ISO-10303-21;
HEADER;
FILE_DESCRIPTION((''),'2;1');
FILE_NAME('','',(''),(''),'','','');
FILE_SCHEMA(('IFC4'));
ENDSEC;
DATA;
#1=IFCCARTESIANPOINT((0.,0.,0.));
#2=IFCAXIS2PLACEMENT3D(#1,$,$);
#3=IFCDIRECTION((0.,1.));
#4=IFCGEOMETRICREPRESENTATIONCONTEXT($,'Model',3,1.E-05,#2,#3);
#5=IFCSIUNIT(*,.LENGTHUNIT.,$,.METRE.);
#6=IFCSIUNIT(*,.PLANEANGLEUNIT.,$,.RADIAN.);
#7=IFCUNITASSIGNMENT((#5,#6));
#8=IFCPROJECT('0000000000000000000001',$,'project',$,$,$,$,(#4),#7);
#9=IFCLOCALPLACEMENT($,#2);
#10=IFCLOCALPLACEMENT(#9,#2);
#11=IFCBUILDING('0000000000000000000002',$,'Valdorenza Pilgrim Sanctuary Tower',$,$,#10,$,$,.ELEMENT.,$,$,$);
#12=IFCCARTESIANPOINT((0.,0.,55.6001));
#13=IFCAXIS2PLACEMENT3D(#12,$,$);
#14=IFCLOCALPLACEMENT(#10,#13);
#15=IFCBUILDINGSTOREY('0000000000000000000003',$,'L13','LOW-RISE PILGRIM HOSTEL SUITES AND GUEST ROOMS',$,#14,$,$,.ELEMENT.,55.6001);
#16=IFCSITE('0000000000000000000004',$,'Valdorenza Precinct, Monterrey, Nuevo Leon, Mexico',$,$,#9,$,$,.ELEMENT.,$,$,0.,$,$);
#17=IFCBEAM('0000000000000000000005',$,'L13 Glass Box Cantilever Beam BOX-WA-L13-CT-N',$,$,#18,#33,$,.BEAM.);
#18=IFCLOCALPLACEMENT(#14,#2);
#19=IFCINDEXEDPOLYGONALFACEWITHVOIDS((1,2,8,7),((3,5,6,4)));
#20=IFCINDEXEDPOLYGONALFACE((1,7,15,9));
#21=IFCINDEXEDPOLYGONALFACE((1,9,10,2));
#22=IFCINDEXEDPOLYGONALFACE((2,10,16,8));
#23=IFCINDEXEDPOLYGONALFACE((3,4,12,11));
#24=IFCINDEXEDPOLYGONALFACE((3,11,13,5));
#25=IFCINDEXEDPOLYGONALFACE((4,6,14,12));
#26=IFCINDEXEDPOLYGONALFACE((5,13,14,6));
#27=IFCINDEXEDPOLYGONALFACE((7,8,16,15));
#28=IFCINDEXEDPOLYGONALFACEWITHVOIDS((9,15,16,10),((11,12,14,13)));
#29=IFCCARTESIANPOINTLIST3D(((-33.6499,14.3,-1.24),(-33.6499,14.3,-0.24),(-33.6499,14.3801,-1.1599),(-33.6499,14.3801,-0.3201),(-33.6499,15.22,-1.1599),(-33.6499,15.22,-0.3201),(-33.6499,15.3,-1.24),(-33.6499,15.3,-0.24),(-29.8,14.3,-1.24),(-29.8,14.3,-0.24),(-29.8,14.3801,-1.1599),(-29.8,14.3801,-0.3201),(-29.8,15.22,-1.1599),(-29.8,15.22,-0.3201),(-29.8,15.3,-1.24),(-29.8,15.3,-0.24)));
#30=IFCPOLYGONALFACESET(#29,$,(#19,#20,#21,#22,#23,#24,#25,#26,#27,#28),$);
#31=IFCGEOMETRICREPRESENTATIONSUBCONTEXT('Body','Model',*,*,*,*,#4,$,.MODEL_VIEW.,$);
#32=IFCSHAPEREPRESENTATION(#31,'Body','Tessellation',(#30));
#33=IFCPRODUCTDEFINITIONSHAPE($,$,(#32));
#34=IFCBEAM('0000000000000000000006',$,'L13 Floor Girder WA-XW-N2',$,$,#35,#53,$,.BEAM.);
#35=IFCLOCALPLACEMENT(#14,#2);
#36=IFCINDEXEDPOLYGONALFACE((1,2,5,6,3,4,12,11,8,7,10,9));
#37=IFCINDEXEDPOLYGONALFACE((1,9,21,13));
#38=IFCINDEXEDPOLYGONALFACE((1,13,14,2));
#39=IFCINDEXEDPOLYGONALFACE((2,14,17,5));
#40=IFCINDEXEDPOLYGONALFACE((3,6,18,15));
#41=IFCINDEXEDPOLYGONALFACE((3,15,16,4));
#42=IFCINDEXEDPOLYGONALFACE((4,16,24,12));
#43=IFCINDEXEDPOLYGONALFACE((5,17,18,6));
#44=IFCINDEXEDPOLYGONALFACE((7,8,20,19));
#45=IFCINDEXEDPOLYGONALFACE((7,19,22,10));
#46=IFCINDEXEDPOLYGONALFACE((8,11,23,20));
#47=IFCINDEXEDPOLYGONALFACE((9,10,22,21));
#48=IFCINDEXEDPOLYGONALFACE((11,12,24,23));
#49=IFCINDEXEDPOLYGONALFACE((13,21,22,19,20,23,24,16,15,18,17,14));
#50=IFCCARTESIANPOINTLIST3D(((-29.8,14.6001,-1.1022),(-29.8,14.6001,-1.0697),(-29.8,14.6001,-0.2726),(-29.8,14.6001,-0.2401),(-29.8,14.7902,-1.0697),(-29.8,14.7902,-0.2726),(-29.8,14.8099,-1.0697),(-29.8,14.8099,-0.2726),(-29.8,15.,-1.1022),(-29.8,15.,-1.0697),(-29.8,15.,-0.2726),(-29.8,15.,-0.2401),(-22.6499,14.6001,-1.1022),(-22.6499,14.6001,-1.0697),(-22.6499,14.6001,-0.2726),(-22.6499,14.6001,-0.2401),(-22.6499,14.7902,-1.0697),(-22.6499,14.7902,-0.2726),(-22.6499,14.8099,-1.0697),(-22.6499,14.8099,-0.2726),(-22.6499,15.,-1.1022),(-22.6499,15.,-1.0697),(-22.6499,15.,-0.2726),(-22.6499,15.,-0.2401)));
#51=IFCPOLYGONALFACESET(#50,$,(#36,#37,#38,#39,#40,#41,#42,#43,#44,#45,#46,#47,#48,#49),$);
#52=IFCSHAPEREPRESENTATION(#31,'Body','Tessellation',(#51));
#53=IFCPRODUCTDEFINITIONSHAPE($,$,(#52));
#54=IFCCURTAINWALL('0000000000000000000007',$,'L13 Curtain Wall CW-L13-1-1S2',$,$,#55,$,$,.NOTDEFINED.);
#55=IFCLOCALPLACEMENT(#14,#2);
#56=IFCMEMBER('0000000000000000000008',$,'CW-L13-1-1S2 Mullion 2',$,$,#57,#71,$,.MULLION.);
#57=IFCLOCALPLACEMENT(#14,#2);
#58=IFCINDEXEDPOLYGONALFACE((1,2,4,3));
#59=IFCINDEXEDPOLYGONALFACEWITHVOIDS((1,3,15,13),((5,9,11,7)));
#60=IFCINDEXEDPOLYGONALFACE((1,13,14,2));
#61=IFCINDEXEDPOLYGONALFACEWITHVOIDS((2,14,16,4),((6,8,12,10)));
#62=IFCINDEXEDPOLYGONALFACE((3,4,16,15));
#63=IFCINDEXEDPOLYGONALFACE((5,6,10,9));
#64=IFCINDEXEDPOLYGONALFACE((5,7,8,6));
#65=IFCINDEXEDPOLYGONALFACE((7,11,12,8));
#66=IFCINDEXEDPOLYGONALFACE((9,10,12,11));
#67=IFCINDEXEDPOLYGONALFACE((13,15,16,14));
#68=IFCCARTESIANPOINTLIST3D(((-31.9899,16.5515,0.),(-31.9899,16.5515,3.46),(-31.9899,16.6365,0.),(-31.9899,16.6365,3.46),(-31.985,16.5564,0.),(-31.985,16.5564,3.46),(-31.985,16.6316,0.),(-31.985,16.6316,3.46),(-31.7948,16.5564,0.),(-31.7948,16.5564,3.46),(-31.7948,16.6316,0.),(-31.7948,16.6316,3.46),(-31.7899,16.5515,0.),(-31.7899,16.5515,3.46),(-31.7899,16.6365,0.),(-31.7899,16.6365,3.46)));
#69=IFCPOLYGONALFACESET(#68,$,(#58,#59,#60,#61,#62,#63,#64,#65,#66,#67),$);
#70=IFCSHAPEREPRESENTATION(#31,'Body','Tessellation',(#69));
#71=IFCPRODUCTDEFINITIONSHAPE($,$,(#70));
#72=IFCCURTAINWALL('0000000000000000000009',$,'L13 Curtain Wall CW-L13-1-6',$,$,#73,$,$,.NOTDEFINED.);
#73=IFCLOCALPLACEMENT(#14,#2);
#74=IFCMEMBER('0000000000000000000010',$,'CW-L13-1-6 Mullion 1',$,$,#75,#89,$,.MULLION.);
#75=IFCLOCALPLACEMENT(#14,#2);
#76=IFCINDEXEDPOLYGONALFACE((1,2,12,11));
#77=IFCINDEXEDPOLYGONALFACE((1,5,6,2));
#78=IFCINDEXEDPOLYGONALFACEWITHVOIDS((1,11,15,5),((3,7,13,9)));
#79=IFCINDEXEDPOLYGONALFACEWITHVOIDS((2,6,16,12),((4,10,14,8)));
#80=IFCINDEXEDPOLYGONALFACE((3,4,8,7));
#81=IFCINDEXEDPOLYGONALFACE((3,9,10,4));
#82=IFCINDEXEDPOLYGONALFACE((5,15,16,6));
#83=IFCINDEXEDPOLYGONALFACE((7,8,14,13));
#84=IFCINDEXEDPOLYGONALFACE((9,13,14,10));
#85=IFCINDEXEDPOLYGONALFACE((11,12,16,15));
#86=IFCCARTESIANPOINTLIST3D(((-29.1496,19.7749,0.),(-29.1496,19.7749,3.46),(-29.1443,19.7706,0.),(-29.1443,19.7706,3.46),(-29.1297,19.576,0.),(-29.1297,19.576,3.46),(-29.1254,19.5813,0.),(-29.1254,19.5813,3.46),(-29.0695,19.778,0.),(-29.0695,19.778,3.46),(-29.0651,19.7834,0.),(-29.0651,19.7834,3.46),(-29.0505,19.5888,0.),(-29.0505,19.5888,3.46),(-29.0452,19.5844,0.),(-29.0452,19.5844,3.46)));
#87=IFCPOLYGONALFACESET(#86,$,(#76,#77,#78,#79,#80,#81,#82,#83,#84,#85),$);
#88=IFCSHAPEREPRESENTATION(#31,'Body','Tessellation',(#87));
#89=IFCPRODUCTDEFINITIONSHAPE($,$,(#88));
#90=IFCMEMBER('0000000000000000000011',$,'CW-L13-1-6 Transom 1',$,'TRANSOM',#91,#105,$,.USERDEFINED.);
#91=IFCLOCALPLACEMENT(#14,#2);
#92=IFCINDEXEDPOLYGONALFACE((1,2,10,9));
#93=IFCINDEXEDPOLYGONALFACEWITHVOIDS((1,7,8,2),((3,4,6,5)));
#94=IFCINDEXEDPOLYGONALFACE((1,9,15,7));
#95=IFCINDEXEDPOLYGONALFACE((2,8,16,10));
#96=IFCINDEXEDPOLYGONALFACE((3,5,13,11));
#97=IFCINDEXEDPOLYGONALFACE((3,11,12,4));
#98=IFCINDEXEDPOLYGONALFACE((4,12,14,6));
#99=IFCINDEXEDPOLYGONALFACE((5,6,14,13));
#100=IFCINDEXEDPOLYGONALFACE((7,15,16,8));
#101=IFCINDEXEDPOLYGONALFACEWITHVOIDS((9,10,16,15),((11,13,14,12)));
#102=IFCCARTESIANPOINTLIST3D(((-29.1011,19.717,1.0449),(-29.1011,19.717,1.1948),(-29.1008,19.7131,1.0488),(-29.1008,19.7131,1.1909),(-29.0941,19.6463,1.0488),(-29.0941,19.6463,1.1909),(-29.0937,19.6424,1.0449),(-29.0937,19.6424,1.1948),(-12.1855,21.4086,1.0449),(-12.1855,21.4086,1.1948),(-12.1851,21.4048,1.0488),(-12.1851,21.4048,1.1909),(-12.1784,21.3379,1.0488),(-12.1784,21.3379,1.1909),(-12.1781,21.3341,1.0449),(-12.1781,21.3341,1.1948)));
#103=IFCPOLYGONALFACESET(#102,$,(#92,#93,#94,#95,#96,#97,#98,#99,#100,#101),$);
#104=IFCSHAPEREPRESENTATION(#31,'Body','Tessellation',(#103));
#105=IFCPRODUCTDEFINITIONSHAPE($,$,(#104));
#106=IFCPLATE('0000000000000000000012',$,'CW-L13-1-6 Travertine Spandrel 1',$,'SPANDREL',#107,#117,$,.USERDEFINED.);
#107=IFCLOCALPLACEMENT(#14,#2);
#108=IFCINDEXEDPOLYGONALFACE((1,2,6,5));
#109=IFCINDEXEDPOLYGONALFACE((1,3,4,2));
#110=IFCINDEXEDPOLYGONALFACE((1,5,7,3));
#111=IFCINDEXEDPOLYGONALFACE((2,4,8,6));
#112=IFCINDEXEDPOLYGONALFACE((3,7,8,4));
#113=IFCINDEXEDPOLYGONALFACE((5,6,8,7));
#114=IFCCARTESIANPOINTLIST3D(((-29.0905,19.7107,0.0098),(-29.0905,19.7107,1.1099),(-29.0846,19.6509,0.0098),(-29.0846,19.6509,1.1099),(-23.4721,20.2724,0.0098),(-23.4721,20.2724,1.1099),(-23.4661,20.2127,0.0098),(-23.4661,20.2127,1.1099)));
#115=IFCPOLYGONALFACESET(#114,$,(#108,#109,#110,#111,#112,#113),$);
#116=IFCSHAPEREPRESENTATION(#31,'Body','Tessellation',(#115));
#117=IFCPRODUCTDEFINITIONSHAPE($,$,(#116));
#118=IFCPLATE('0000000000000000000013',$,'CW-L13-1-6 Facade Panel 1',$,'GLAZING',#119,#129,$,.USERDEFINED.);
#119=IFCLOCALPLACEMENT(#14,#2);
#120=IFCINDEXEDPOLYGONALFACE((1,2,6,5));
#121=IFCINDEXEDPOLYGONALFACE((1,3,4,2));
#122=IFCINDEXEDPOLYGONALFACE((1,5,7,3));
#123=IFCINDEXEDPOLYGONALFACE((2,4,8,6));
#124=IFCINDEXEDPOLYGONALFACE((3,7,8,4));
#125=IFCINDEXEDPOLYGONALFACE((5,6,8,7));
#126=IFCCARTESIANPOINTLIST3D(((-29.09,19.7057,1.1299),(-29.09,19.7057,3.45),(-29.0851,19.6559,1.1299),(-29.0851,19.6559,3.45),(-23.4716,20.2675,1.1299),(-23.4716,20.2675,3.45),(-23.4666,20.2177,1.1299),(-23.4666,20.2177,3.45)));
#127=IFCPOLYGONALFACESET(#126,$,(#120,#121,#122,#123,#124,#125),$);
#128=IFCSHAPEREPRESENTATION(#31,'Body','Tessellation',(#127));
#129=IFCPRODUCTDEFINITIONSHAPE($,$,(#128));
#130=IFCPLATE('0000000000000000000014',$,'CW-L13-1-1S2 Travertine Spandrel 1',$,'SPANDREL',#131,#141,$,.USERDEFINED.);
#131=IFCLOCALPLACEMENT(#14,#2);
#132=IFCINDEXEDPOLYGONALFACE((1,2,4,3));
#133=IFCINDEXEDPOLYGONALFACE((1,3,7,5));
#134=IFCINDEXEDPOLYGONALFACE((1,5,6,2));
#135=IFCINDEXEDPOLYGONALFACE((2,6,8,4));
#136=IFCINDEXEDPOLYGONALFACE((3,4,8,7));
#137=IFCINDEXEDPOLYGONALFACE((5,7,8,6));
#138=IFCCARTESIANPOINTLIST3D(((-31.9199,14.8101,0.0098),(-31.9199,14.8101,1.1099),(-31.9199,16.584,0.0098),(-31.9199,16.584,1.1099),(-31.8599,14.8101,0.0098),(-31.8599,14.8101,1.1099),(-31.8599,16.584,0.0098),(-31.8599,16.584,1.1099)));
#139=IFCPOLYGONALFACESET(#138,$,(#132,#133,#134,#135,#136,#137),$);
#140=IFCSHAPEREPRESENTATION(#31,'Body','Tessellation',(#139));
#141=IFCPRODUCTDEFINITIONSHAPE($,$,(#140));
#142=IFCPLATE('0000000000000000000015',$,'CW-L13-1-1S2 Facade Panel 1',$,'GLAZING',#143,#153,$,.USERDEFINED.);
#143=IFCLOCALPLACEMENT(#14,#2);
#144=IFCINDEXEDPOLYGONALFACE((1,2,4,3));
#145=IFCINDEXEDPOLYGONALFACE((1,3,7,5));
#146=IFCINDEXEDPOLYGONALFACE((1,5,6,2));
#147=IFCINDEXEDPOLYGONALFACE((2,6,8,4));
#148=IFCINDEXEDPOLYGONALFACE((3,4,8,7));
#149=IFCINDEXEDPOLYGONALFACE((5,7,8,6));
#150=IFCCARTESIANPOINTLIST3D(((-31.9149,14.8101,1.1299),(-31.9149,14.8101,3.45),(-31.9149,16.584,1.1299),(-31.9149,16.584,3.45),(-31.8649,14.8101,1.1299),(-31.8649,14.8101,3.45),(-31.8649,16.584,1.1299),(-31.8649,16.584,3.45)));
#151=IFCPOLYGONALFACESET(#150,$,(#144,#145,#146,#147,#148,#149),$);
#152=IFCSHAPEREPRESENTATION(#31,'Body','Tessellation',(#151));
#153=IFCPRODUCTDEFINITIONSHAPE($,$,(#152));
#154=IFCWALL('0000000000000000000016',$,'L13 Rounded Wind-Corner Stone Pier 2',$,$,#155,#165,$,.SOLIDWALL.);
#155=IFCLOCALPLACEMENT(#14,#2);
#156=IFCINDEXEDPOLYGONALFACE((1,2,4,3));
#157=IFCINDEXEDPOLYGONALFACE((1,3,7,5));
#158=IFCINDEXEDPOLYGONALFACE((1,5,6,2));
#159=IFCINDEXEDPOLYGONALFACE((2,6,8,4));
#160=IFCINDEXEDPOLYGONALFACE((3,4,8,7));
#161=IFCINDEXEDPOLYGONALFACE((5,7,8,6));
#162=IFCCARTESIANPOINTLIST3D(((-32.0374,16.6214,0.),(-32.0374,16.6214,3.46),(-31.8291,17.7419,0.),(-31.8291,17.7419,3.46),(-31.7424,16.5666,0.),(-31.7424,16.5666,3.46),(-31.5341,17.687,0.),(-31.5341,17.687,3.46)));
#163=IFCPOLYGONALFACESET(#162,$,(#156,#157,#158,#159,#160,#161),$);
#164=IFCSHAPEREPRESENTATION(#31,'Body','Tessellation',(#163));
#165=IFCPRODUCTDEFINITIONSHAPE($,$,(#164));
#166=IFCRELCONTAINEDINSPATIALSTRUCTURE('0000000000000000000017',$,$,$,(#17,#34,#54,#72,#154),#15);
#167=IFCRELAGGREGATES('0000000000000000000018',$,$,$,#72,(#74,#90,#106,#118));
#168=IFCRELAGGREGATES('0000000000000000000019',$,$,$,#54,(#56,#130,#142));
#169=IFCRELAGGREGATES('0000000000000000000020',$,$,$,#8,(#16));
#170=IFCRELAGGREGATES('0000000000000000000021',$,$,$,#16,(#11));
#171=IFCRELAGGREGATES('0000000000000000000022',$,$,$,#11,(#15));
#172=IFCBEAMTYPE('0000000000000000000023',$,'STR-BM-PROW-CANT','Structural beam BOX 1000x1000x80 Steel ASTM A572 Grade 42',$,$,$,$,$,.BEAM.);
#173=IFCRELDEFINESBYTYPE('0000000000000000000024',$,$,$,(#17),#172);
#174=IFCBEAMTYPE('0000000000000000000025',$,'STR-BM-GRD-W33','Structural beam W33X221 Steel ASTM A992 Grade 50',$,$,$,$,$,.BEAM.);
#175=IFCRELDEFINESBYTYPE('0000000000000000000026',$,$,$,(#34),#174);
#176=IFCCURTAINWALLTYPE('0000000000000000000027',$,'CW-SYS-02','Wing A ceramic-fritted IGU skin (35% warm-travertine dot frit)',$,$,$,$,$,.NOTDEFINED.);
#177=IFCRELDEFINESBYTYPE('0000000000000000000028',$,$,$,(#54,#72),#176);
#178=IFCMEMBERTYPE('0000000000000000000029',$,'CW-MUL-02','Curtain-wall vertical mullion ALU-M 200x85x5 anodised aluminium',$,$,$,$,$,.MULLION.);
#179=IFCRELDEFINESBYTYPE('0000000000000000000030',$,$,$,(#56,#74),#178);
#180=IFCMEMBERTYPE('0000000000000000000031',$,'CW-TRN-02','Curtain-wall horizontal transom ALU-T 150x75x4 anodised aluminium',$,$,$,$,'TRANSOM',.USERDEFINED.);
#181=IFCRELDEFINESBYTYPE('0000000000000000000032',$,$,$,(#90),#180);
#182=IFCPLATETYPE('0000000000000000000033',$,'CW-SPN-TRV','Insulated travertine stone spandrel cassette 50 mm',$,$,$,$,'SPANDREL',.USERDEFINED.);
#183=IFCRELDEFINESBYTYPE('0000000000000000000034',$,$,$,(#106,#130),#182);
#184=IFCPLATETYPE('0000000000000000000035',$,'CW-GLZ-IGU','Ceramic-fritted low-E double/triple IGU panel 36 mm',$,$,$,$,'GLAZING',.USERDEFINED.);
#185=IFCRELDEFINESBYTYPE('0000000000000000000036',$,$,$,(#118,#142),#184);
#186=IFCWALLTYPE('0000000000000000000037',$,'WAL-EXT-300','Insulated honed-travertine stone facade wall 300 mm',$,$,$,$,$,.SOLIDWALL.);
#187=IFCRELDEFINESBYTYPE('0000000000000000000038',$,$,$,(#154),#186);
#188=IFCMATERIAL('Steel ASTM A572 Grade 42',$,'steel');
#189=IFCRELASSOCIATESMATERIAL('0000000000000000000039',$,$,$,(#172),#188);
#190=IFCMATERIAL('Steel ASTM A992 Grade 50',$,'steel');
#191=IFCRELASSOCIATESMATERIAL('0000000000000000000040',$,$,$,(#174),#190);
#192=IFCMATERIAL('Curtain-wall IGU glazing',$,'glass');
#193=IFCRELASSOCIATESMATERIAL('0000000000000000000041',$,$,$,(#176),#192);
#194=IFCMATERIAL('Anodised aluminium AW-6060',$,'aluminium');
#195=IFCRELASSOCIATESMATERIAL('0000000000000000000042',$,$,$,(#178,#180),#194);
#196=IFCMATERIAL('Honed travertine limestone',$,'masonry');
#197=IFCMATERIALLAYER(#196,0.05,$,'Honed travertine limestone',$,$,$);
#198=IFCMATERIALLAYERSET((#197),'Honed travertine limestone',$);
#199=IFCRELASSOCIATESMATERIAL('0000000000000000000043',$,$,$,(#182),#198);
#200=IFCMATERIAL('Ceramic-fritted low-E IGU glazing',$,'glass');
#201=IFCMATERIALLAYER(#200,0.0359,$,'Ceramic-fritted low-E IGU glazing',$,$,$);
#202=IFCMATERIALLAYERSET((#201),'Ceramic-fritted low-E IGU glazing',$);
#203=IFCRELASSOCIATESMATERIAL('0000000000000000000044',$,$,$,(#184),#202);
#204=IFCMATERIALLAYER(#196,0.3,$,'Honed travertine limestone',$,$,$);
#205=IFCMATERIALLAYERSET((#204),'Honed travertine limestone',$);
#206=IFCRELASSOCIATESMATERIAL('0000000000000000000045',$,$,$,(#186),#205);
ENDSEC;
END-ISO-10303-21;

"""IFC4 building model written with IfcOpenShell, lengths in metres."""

from ifc_helpers import new_model, si_unit, direction, frame, frame_2d, origin, origin_2d, place, context, subcontext, project, spatial, rectangle, hollow_rectangle, i_section, extrude, source, transform, mapped, material, layer, layer_set, material_profile, profile_set, type_object, element, aggregate, save


model = new_model("IFC4")

# Units and contexts
model_context = context("Model", 3, precision=1e-05, world=origin(), true_north=direction((0.0, 1.0)))
body_context = subcontext(model_context, "Body", "Model", "MODEL_VIEW")
ifc_project = project(units=[si_unit("LENGTHUNIT", "METRE"), si_unit("PLANEANGLEUNIT", "RADIAN")], contexts=[model_context])

# Site, building, storey
site_placement = place(None, origin())
site = spatial("IfcSite", under=ifc_project, at=site_placement, Name="Valdorenza Precinct, Monterrey, Nuevo Leon, Mexico", CompositionType="ELEMENT", RefElevation=0.0)
building_placement = place(site_placement, origin())
building = spatial("IfcBuilding", under=site, at=building_placement, Name="Valdorenza Pilgrim Sanctuary Tower", CompositionType="ELEMENT")
storey_placement = place(building_placement, frame((0.0, 0.0, 55.6001)))
storey = spatial("IfcBuildingStorey", under=building, at=storey_placement, Name="L13", Description="LOW-RISE PILGRIM HOSTEL SUITES AND GUEST ROOMS", CompositionType="ELEMENT", Elevation=55.6001)

# Beams
ifc_material_1 = material(Name="Steel ASTM A572 Grade 42", Category="steel")
ifc_material_profile_1 = material_profile(ifc_material_1, hollow_rectangle(XDim=1.0, YDim=1.0, WallThickness=0.0801, at=origin_2d()), Name="BOX 1000x1000x80")
ifc_profile_set_1 = profile_set([ifc_material_profile_1], Name="Steel ASTM A572 Grade 42")
beam_type_1 = type_object("IfcBeamType", Name="STR-BM-PROW-CANT", Description="Structural beam BOX 1000x1000x80 Steel ASTM A572 Grade 42", PredefinedType="BEAM", material=ifc_profile_set_1)
shared_shape_1 = source(origin(), body_context, "Body", "SweptSolid", [
    extrude(hollow_rectangle(XDim=1.0, YDim=1.0, WallThickness=0.0801, at=origin_2d()), origin(), (0.0, 0.0, 1.0), 3.8499),
])
beam_1_placement = place(storey_placement, frame((-29.8, 14.8, -0.74), z_axis=(-1.0, 0.0, 0.0), x_axis=(0.0, -1.0, 0.0)))
element("IfcBeam", 1, at=beam_1_placement, inside=storey, type_object=beam_type_1, Name="L13 Glass Box Cantilever Beam BOX-WA-L13-CT-N", PredefinedType="BEAM", context=body_context, shape_type="MappedRepresentation", body=[
    mapped(shared_shape_1, transform((0.0, 0.0, 0.0), x_axis=(1.0, 0.0, 0.0), y_axis=(0.0, 1.0, 0.0), z_axis=(0.0, 0.0, 1.0), scale=1.0)),
])
ifc_material_2 = material(Name="Steel ASTM A992 Grade 50", Category="steel")
ifc_material_profile_2 = material_profile(ifc_material_2, i_section(OverallWidth=0.3999, OverallDepth=0.8621, WebThickness=0.0198, FlangeThickness=0.0325, at=origin_2d()), Name="W33X221")
ifc_profile_set_2 = profile_set([ifc_material_profile_2], Name="Steel ASTM A992 Grade 50")
beam_type_2 = type_object("IfcBeamType", Name="STR-BM-GRD-W33", Description="Structural beam W33X221 Steel ASTM A992 Grade 50", PredefinedType="BEAM", material=ifc_profile_set_2)
shared_shape_2 = source(origin(), body_context, "Body", "SweptSolid", [
    extrude(i_section(OverallWidth=0.3999, OverallDepth=0.8621, WebThickness=0.0198, FlangeThickness=0.0325, at=origin_2d()), origin(), (0.0, 0.0, 1.0), 7.1501),
])
beam_2_placement = place(storey_placement, frame((-29.8, 14.8, -0.6711), z_axis=(1.0, 0.0, 0.0), x_axis=(0.0, 1.0, 0.0)))
element("IfcBeam", 2, at=beam_2_placement, inside=storey, type_object=beam_type_2, Name="L13 Floor Girder WA-XW-N2", PredefinedType="BEAM", context=body_context, shape_type="MappedRepresentation", body=[
    mapped(shared_shape_2, transform((0.0, 0.0, 0.0), x_axis=(1.0, 0.0, 0.0), y_axis=(0.0, 1.0, 0.0), z_axis=(0.0, 0.0, 1.0), scale=1.0)),
])

# Curtain wall, member
ifc_material_3 = material(Name="Curtain-wall IGU glazing", Category="glass")
curtain_wall_type = type_object("IfcCurtainWallType", Name="CW-SYS-02", Description="Wing A ceramic-fritted IGU skin (35% warm-travertine dot frit)", PredefinedType="NOTDEFINED", material=ifc_material_3)
curtain_wall_1_placement = place(storey_placement, origin())
curtain_wall_1 = element("IfcCurtainWall", 3, at=curtain_wall_1_placement, inside=storey, type_object=curtain_wall_type, Name="L13 Curtain Wall CW-L13-1-1S2", PredefinedType="NOTDEFINED")
ifc_material_4 = material(Name="Anodised aluminium AW-6060", Category="aluminium")
ifc_material_profile_3 = material_profile(ifc_material_4, hollow_rectangle(XDim=0.085, YDim=0.2, WallThickness=0.0049, at=origin_2d()), Name="ALU-M 200x85x5")
ifc_profile_set_3 = profile_set([ifc_material_profile_3], Name="Anodised aluminium AW-6060")
member_type_1 = type_object("IfcMemberType", Name="CW-MUL-02", Description="Curtain-wall vertical mullion ALU-M 200x85x5 anodised aluminium", PredefinedType="MULLION", material=ifc_profile_set_3)
shared_shape_3 = source(origin(), body_context, "Body", "SweptSolid", [
    extrude(hollow_rectangle(XDim=0.085, YDim=0.2, WallThickness=0.0049, at=origin_2d()), origin(), (0.0, 0.0, 1.0), 3.46),
])
member_1_placement = place(storey_placement, frame((-31.8899, 16.594, 0.0), z_axis=(0.0, 0.0, 1.0), x_axis=(0.0, 1.0, 0.0)))
member_1 = element("IfcMember", 4, at=member_1_placement, type_object=member_type_1, Name="CW-L13-1-1S2 Mullion 2", PredefinedType="MULLION", context=body_context, shape_type="MappedRepresentation", body=[
    mapped(shared_shape_3, transform((0.0, 0.0, 0.0), x_axis=(1.0, 0.0, 0.0), y_axis=(0.0, 1.0, 0.0), z_axis=(0.0, 0.0, 1.0), scale=1.0)),
])

# Curtain wall, members, plates
curtain_wall_2_placement = place(storey_placement, origin())
curtain_wall_2 = element("IfcCurtainWall", 5, at=curtain_wall_2_placement, inside=storey, type_object=curtain_wall_type, Name="L13 Curtain Wall CW-L13-1-6", PredefinedType="NOTDEFINED")
member_2_placement = place(storey_placement, frame((-29.0974, 19.6797, 0.0), z_axis=(0.0, 0.0, 1.0), x_axis=(0.995038, 0.099493, 0.0)))
member_2 = element("IfcMember", 6, at=member_2_placement, type_object=member_type_1, Name="CW-L13-1-6 Mullion 1", PredefinedType="MULLION", context=body_context, shape_type="MappedRepresentation", body=[
    mapped(shared_shape_3, transform((0.0, 0.0, 0.0), x_axis=(1.0, 0.0, 0.0), y_axis=(0.0, 1.0, 0.0), z_axis=(0.0, 0.0, 1.0), scale=1.0)),
])
ifc_material_profile_4 = material_profile(ifc_material_4, hollow_rectangle(XDim=0.075, YDim=0.1499, WallThickness=0.0039, at=origin_2d()), Name="ALU-T 150x75x4")
ifc_profile_set_4 = profile_set([ifc_material_profile_4], Name="Anodised aluminium AW-6060")
member_type_2 = type_object("IfcMemberType", Name="CW-TRN-02", Description="Curtain-wall horizontal transom ALU-T 150x75x4 anodised aluminium", ElementType="TRANSOM", PredefinedType="USERDEFINED", material=ifc_profile_set_4)
shared_shape_4 = source(origin(), body_context, "Body", "SweptSolid", [
    extrude(hollow_rectangle(XDim=0.075, YDim=0.1499, WallThickness=0.0039, at=origin_2d()), origin(), (0.0, 0.0, 1.0), 17.0),
])
member_3_placement = place(storey_placement, frame((-29.0974, 19.6797, 1.1199), z_axis=(0.995037, 0.099509, 0.0), x_axis=(-0.099509, 0.995037, 0.0)))
member_3 = element("IfcMember", 7, at=member_3_placement, type_object=member_type_2, Name="CW-L13-1-6 Transom 1", ObjectType="TRANSOM", PredefinedType="USERDEFINED", context=body_context, shape_type="MappedRepresentation", body=[
    mapped(shared_shape_4, transform((0.0, 0.0, 0.0), x_axis=(1.0, 0.0, 0.0), y_axis=(0.0, 1.0, 0.0), z_axis=(0.0, 0.0, 1.0), scale=1.0)),
])
ifc_material_5 = material(Name="Honed travertine limestone", Category="masonry")
ifc_layer_1 = layer(ifc_material_5, 0.05, Name="Honed travertine limestone")
ifc_layer_set_1 = layer_set([ifc_layer_1], Name="Honed travertine limestone")
plate_type_1 = type_object("IfcPlateType", Name="CW-SPN-TRV", Description="Insulated travertine stone spandrel cassette 50 mm", ElementType="SPANDREL", PredefinedType="USERDEFINED", material=ifc_layer_set_1)
shared_shape_5 = source(origin(), body_context, "Body", "SweptSolid", [
    extrude(rectangle(XDim=5.6465, YDim=0.0601, at=origin_2d()), origin(), (0.0, 0.0, 1.0), 1.1001),
])
plate_1_placement = place(storey_placement, frame((-26.2783, 19.9617, 0.0098), z_axis=(0.0, 0.0, 1.0), x_axis=(0.995038, 0.099493, 0.0)))
plate_1 = element("IfcPlate", 8, at=plate_1_placement, type_object=plate_type_1, Name="CW-L13-1-6 Travertine Spandrel 1", ObjectType="SPANDREL", PredefinedType="USERDEFINED", context=body_context, shape_type="MappedRepresentation", body=[
    mapped(shared_shape_5, transform((0.0, 0.0, 0.0), x_axis=(1.0, 0.0, 0.0), y_axis=(0.0, 1.0, 0.0), z_axis=(0.0, 0.0, 1.0), scale=1.0)),
])
ifc_material_6 = material(Name="Ceramic-fritted low-E IGU glazing", Category="glass")
ifc_layer_2 = layer(ifc_material_6, 0.0359, Name="Ceramic-fritted low-E IGU glazing")
ifc_layer_set_2 = layer_set([ifc_layer_2], Name="Ceramic-fritted low-E IGU glazing")
plate_type_2 = type_object("IfcPlateType", Name="CW-GLZ-IGU", Description="Ceramic-fritted low-E double/triple IGU panel 36 mm", ElementType="GLAZING", PredefinedType="USERDEFINED", material=ifc_layer_set_2)
shared_shape_6 = source(origin(), body_context, "Body", "SweptSolid", [
    extrude(rectangle(XDim=5.6465, YDim=0.05, at=origin_2d()), origin(), (0.0, 0.0, 1.0), 2.3201),
])
plate_2_placement = place(storey_placement, frame((-26.2783, 19.9617, 1.1299), z_axis=(0.0, 0.0, 1.0), x_axis=(0.995038, 0.099493, 0.0)))
plate_2 = element("IfcPlate", 9, at=plate_2_placement, type_object=plate_type_2, Name="CW-L13-1-6 Facade Panel 1", ObjectType="GLAZING", PredefinedType="USERDEFINED", context=body_context, shape_type="MappedRepresentation", body=[
    mapped(shared_shape_6, transform((0.0, 0.0, 0.0), x_axis=(1.0, 0.0, 0.0), y_axis=(0.0, 1.0, 0.0), z_axis=(0.0, 0.0, 1.0), scale=1.0)),
])
aggregate(curtain_wall_2, [member_2, member_3, plate_1, plate_2])

# Plates
shared_shape_7 = source(origin(), body_context, "Body", "SweptSolid", [
    extrude(rectangle(XDim=1.7739, YDim=0.0601, at=origin_2d()), origin(), (0.0, 0.0, 1.0), 1.1001),
])
plate_3_placement = place(storey_placement, frame((-31.8899, 15.697, 0.0098), z_axis=(0.0, 0.0, 1.0), x_axis=(0.0, 1.0, 0.0)))
plate_3 = element("IfcPlate", 10, at=plate_3_placement, type_object=plate_type_1, Name="CW-L13-1-1S2 Travertine Spandrel 1", ObjectType="SPANDREL", PredefinedType="USERDEFINED", context=body_context, shape_type="MappedRepresentation", body=[
    mapped(shared_shape_7, transform((0.0, 0.0, 0.0), x_axis=(1.0, 0.0, 0.0), y_axis=(0.0, 1.0, 0.0), z_axis=(0.0, 0.0, 1.0), scale=1.0)),
])
shared_shape_8 = source(origin(), body_context, "Body", "SweptSolid", [
    extrude(rectangle(XDim=1.7739, YDim=0.05, at=origin_2d()), origin(), (0.0, 0.0, 1.0), 2.3201),
])
plate_4_placement = place(storey_placement, frame((-31.8899, 15.697, 1.1299), z_axis=(0.0, 0.0, 1.0), x_axis=(0.0, 1.0, 0.0)))
plate_4 = element("IfcPlate", 11, at=plate_4_placement, type_object=plate_type_2, Name="CW-L13-1-1S2 Facade Panel 1", ObjectType="GLAZING", PredefinedType="USERDEFINED", context=body_context, shape_type="MappedRepresentation", body=[
    mapped(shared_shape_8, transform((0.0, 0.0, 0.0), x_axis=(1.0, 0.0, 0.0), y_axis=(0.0, 1.0, 0.0), z_axis=(0.0, 0.0, 1.0), scale=1.0)),
])
aggregate(curtain_wall_1, [member_1, plate_3, plate_4])

# Wall
ifc_layer_3 = layer(ifc_material_5, 0.3, Name="Honed travertine limestone")
ifc_layer_set_3 = layer_set([ifc_layer_3], Name="Honed travertine limestone")
wall_type_1 = type_object("IfcWallType", Name="WAL-EXT-300", Description="Insulated honed-travertine stone facade wall 300 mm", PredefinedType="SOLIDWALL", material=ifc_layer_set_3)
wall_1_placement = place(storey_placement, frame((-31.8899, 16.594, 0.0), z_axis=(0.0, 0.0, 1.0), x_axis=(0.182749, 0.98316, 0.0)))
element("IfcWall", 12, at=wall_1_placement, inside=storey, type_object=wall_type_1, Name="L13 Rounded Wind-Corner Stone Pier 2", PredefinedType="SOLIDWALL", context=body_context, shape_type="SweptSolid", body=[
    extrude(rectangle(XDim=1.1396, YDim=0.3, at=frame_2d((0.5698, 0.0))), origin(), (0.0, 0.0, 1.0), 3.46),
])

save(model, "model.ifc")
